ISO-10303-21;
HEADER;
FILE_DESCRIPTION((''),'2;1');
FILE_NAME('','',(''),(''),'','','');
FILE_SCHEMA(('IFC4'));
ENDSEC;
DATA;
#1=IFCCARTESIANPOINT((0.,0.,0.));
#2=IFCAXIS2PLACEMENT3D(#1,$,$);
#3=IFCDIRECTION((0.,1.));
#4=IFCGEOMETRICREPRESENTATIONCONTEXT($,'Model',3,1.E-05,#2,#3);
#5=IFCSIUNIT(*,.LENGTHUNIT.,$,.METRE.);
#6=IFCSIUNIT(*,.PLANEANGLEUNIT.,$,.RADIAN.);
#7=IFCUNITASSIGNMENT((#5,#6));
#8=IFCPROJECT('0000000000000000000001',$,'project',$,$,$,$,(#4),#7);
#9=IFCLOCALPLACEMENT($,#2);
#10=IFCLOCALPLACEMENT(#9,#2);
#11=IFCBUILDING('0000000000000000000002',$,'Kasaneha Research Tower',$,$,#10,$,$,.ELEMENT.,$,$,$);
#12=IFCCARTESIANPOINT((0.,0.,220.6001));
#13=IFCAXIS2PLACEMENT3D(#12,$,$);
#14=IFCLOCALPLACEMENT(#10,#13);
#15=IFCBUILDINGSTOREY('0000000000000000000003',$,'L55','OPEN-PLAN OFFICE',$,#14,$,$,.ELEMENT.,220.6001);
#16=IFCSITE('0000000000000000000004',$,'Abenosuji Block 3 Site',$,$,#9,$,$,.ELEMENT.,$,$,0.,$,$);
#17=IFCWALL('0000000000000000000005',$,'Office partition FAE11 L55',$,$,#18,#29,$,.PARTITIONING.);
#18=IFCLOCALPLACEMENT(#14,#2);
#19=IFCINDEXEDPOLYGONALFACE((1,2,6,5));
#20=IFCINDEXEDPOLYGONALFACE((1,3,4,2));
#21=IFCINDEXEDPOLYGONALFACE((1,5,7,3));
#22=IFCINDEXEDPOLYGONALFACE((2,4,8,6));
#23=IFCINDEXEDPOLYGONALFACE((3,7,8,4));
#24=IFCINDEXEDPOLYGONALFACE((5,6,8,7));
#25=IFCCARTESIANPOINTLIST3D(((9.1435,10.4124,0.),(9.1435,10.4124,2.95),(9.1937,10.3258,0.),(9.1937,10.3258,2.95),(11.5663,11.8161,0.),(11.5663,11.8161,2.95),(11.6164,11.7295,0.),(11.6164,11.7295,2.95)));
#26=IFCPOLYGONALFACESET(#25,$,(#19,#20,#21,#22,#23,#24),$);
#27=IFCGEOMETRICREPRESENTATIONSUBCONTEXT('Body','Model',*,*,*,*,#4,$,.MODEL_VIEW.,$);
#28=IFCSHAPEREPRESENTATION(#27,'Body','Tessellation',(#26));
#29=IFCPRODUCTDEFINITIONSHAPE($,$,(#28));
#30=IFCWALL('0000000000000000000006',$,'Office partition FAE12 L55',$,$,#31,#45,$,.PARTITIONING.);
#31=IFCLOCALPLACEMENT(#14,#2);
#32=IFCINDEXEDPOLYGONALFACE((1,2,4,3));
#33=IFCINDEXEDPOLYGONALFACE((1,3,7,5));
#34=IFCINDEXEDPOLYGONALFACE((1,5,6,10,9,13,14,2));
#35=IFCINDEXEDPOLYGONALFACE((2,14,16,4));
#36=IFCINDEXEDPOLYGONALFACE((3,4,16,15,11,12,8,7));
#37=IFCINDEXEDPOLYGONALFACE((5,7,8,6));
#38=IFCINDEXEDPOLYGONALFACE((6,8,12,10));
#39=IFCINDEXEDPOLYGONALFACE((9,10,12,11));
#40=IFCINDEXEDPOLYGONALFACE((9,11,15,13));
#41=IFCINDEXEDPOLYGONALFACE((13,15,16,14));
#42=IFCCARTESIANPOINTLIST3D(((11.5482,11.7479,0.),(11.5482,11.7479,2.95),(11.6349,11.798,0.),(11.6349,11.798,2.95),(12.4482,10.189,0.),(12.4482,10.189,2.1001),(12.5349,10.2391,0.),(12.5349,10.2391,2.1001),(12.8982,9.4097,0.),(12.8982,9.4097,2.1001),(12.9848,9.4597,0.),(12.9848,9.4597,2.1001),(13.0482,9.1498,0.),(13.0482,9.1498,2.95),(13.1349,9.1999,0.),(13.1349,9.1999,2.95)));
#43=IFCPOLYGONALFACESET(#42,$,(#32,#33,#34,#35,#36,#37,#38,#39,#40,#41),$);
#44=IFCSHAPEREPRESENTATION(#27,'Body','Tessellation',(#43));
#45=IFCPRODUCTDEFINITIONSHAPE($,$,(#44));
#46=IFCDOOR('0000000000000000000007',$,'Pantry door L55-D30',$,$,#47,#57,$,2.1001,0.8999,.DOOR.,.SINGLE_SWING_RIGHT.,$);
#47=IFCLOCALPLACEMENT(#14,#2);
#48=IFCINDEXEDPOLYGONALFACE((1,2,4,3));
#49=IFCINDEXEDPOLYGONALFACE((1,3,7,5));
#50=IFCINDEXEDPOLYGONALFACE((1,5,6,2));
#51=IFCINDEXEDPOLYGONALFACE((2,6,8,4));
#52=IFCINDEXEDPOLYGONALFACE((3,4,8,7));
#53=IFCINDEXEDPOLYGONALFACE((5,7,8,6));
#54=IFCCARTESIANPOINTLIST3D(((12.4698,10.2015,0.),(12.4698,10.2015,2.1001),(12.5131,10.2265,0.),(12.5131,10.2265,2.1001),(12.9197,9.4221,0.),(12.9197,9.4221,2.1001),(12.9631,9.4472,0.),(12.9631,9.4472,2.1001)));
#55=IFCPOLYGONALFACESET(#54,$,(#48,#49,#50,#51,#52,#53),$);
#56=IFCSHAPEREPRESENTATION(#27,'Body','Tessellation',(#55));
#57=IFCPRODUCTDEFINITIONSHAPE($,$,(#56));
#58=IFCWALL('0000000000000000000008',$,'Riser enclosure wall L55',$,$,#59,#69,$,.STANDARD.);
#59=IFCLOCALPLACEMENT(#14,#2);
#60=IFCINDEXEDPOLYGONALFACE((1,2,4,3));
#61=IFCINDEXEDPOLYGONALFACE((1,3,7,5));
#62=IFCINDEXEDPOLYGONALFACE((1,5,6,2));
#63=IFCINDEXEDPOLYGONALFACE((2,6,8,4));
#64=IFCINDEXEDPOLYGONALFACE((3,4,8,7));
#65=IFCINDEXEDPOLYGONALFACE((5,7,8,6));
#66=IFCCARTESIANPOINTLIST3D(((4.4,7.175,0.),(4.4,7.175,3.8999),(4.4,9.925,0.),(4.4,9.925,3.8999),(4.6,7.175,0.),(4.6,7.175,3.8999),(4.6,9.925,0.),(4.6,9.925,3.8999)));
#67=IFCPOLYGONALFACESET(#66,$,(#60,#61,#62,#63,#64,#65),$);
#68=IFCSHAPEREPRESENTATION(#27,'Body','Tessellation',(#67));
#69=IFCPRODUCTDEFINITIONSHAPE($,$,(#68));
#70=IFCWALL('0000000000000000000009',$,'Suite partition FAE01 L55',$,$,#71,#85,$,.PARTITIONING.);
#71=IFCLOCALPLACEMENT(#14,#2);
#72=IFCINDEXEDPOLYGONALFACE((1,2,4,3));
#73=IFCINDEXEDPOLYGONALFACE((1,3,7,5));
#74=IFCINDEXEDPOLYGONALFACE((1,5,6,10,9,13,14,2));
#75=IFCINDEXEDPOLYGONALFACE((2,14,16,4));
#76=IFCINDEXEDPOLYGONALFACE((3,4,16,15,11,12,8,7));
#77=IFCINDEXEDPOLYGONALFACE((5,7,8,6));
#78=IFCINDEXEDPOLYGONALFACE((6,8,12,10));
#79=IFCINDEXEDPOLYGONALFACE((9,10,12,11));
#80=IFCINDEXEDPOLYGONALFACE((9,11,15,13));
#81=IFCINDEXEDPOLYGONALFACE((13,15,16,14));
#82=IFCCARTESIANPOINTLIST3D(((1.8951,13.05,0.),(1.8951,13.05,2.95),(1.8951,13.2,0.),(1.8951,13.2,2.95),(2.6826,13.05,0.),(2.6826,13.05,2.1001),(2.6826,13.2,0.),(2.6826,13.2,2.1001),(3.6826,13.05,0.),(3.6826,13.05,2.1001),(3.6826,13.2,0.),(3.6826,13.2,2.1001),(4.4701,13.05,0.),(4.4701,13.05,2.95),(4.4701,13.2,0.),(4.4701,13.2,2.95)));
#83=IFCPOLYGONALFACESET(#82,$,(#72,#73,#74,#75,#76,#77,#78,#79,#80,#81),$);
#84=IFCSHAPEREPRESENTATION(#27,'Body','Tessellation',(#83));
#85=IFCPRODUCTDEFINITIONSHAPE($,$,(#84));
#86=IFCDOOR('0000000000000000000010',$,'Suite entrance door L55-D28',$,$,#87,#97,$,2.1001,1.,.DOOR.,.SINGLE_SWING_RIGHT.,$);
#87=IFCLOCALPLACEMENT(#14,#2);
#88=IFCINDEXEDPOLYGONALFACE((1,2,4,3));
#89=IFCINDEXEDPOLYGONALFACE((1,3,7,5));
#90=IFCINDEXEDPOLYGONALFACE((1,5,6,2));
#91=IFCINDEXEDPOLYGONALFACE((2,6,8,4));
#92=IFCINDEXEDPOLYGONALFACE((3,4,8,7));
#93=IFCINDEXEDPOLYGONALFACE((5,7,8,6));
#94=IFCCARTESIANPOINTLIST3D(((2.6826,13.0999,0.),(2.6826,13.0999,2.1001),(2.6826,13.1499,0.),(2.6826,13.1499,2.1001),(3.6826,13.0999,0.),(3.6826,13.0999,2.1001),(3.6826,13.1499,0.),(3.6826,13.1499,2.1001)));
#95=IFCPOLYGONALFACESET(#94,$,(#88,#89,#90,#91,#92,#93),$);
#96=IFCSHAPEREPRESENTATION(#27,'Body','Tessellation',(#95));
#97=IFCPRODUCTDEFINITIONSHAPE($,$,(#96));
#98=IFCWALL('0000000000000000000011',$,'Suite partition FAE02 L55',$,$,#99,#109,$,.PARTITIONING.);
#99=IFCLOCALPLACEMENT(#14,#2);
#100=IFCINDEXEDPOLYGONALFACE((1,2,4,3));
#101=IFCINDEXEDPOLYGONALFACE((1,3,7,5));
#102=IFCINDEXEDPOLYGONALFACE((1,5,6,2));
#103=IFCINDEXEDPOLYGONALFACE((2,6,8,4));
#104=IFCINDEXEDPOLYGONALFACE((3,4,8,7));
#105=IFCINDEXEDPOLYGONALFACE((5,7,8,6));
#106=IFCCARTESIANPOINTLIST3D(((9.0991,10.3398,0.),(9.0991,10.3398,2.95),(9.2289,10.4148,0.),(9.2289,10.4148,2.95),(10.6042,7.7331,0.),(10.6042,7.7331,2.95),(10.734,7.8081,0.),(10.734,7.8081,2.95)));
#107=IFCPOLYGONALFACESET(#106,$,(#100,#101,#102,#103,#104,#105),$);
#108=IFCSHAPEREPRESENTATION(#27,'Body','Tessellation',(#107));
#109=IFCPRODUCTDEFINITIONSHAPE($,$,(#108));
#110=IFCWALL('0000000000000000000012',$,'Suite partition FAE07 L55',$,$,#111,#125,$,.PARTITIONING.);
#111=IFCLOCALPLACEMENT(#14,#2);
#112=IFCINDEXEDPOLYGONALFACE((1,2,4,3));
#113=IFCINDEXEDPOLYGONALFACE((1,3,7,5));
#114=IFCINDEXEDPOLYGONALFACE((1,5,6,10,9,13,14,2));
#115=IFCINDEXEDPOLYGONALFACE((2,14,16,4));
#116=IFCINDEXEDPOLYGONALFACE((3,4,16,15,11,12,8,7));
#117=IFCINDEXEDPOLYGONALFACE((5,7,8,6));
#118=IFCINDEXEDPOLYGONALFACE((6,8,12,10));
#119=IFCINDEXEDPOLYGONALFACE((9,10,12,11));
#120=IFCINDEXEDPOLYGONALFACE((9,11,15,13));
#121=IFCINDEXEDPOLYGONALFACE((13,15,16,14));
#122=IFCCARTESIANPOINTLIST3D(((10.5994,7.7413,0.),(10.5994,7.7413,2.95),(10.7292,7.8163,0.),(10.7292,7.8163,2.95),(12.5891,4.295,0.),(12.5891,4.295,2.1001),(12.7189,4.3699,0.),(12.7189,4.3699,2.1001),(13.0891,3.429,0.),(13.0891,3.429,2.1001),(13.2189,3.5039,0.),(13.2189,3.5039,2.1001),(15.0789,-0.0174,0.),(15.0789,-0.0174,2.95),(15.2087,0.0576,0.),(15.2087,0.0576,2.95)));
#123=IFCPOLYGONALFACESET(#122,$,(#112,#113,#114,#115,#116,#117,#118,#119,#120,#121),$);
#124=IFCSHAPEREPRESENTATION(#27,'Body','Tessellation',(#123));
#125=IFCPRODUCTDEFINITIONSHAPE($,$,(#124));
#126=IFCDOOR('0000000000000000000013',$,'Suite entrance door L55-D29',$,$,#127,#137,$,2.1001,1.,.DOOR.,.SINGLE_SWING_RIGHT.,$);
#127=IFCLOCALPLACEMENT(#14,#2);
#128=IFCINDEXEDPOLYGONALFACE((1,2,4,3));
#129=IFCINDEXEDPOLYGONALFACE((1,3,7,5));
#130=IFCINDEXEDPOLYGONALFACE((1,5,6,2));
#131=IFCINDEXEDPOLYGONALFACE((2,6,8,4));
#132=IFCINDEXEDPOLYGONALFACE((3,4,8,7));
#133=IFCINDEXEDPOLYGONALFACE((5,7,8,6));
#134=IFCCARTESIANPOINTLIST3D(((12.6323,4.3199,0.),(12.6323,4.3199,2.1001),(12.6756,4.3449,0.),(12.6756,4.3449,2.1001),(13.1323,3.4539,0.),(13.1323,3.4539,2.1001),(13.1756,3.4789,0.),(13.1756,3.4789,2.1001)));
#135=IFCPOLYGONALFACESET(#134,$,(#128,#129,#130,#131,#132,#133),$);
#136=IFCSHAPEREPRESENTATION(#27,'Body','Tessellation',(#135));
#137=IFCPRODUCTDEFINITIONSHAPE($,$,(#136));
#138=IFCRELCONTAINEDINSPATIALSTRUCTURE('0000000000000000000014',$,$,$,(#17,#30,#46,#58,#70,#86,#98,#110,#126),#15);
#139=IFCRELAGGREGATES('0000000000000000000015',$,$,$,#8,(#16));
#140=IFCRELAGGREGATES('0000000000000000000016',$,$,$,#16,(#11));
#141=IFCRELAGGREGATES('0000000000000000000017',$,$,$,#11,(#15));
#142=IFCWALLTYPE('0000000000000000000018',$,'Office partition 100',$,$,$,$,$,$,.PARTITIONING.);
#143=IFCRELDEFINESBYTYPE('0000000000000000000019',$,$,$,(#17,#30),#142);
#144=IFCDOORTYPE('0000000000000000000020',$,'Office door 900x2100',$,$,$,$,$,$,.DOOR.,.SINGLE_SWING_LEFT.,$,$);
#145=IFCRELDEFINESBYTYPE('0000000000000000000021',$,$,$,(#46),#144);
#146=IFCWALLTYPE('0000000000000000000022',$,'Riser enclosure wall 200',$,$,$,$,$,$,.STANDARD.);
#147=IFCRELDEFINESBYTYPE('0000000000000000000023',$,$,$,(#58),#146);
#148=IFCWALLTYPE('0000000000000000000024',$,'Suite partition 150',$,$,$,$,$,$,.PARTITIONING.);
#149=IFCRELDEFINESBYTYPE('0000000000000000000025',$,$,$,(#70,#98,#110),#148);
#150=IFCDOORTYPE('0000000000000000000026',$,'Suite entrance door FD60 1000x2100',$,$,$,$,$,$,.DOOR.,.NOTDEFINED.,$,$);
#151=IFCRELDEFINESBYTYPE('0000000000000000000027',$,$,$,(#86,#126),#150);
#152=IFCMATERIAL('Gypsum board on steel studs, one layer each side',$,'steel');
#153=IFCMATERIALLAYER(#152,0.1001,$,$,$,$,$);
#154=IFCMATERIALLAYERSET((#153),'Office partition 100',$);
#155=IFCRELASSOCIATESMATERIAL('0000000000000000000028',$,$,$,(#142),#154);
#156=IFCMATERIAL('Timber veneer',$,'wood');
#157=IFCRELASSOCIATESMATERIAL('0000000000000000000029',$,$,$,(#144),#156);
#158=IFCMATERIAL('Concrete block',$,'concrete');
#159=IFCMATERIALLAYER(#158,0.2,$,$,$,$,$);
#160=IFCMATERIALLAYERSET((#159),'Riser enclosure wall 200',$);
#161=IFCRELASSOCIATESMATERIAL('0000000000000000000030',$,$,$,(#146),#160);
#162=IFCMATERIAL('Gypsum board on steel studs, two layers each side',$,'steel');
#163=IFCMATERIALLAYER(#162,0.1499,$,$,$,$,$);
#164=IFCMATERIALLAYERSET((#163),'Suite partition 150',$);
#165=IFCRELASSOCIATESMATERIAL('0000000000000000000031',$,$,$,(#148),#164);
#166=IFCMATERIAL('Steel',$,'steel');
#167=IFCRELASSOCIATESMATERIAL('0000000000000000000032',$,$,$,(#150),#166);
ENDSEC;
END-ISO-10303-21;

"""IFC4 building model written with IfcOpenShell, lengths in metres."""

from ifc_helpers import new_model, si_unit, direction, frame, frame_2d, origin, place, context, subcontext, project, spatial, rectangle, extrude, material, layer, layer_set, type_object, element, fill, save


model = new_model("IFC4")

# Units and contexts
model_context = context("Model", 3, precision=1e-05, world=origin(), true_north=direction((0.0, 1.0)))
body_context = subcontext(model_context, "Body", "Model", "MODEL_VIEW")
ifc_project = project(units=[si_unit("LENGTHUNIT", "METRE"), si_unit("PLANEANGLEUNIT", "RADIAN")], contexts=[model_context])

# Site, building, storey
site_placement = place(None, origin())
site = spatial("IfcSite", under=ifc_project, at=site_placement, Name="Abenosuji Block 3 Site", CompositionType="ELEMENT", RefElevation=0.0)
building_placement = place(site_placement, origin())
building = spatial("IfcBuilding", under=site, at=building_placement, Name="Kasaneha Research Tower", CompositionType="ELEMENT")
storey_placement = place(building_placement, frame((0.0, 0.0, 220.6001)))
storey = spatial("IfcBuildingStorey", under=building, at=storey_placement, Name="L55", Description="OPEN-PLAN OFFICE", CompositionType="ELEMENT", Elevation=220.6001)

# Wall
ifc_material_1 = material(Name="Gypsum board on steel studs, one layer each side", Category="steel")
ifc_layer_1 = layer(ifc_material_1, 0.1001)
ifc_layer_set_1 = layer_set([ifc_layer_1], Name="Office partition 100")
wall_type_1 = type_object("IfcWallType", Name="Office partition 100", PredefinedType="PARTITIONING", material=ifc_layer_set_1)
for number, where, z_axis, x_axis, name in (
    (1, (9.1687, 10.3691, 0.0), (0.0, 0.0, 1.0), (0.865255, 0.501332, 0.0), "Office partition FAE11 L55"),
):
    element("IfcWall", number, at=place(storey_placement, frame(where, z_axis=z_axis, x_axis=x_axis)), inside=storey, type_object=wall_type_1, Name=name, PredefinedType="PARTITIONING", context=body_context, shape_type="SweptSolid", body=[
        extrude(rectangle(XDim=2.8, YDim=0.1001, at=frame_2d((1.3999, 0.0))), origin(), (0.0, 0.0, 1.0), 2.95),
    ])

# Wall, opening, door
wall_1_placement = place(storey_placement, frame((11.5916, 11.7729, 0.0), z_axis=(0.0, 0.0, 1.0), x_axis=(0.49999, -0.866031, 0.0)))
wall_1 = element("IfcWall", 2, at=wall_1_placement, inside=storey, type_object=wall_type_1, Name="Office partition FAE12 L55", PredefinedType="PARTITIONING", context=body_context, shape_type="SweptSolid", body=[
    extrude(rectangle(XDim=3.0, YDim=0.1001, at=frame_2d((1.5, 0.0))), origin(), (0.0, 0.0, 1.0), 2.95),
])
opening_1_placement = place(wall_1_placement, frame((1.8, 0.0, 0.0)))
opening_1 = element("IfcOpeningElement", 3, at=opening_1_placement, cuts=wall_1, PredefinedType="OPENING", context=body_context, shape_type="SweptSolid", body=[
    extrude(rectangle(XDim=0.8999, YDim=2.1001, at=frame_2d((0.45, 1.05))), frame((0.0, 0.0601, 0.0), z_axis=(0.0, -1.0, 0.0), x_axis=(1.0, 0.0, 0.0)), (0.0, 0.0, 1.0), 0.1201),
])
ifc_material_2 = material(Name="Timber veneer", Category="wood")
door_type_1 = type_object("IfcDoorType", Name="Office door 900x2100", OperationType="SINGLE_SWING_LEFT", PredefinedType="DOOR", material=ifc_material_2)
door_1_placement = place(opening_1_placement, origin())
door_1 = element("IfcDoor", 4, at=door_1_placement, inside=storey, type_object=door_type_1, Name="Pantry door L55-D30", OperationType="SINGLE_SWING_RIGHT", OverallHeight=2.1001, OverallWidth=0.8999, PredefinedType="DOOR", context=body_context, shape_type="SweptSolid", body=[
    extrude(rectangle(XDim=0.8999, YDim=2.1001, at=frame_2d((0.45, 1.05))), frame((0.0, 0.0249, 0.0), z_axis=(0.0, -1.0, 0.0), x_axis=(1.0, 0.0, 0.0)), (0.0, 0.0, 1.0), 0.05),
])
fill(opening_1, door_1)

# Wall
ifc_material_3 = material(Name="Concrete block", Category="concrete")
ifc_layer_2 = layer(ifc_material_3, 0.2)
ifc_layer_set_2 = layer_set([ifc_layer_2], Name="Riser enclosure wall 200")
wall_type_2 = type_object("IfcWallType", Name="Riser enclosure wall 200", PredefinedType="STANDARD", material=ifc_layer_set_2)
wall_2_placement = place(storey_placement, frame((4.5, 7.175, 0.0), z_axis=(0.0, 0.0, 1.0), x_axis=(0.0, 1.0, 0.0)))
element("IfcWall", 5, at=wall_2_placement, inside=storey, type_object=wall_type_2, Name="Riser enclosure wall L55", PredefinedType="STANDARD", context=body_context, shape_type="SweptSolid", body=[
    extrude(rectangle(XDim=2.75, YDim=0.2, at=frame_2d((1.375, 0.0))), origin(), (0.0, 0.0, 1.0), 3.8999),
])

# Wall, opening, door
ifc_material_4 = material(Name="Gypsum board on steel studs, two layers each side", Category="steel")
ifc_layer_3 = layer(ifc_material_4, 0.1499)
ifc_layer_set_3 = layer_set([ifc_layer_3], Name="Suite partition 150")
wall_type_3 = type_object("IfcWallType", Name="Suite partition 150", PredefinedType="PARTITIONING", material=ifc_layer_set_3)
wall_3_placement = place(storey_placement, frame((1.895, 13.125, 0.0), z_axis=(0.0, 0.0, 1.0), x_axis=(1.0, 0.0, 0.0)))
wall_3 = element("IfcWall", 6, at=wall_3_placement, inside=storey, type_object=wall_type_3, Name="Suite partition FAE01 L55", PredefinedType="PARTITIONING", context=body_context, shape_type="SweptSolid", body=[
    extrude(rectangle(XDim=2.575, YDim=0.1499, at=frame_2d((1.2876, 0.0))), origin(), (0.0, 0.0, 1.0), 2.95),
])
opening_2_placement = place(wall_3_placement, frame((0.7876, 0.0, 0.0)))
opening_2 = element("IfcOpeningElement", 7, at=opening_2_placement, cuts=wall_3, PredefinedType="OPENING", context=body_context, shape_type="SweptSolid", body=[
    extrude(rectangle(XDim=1.0, YDim=2.1001, at=frame_2d((0.5, 1.05))), frame((0.0, 0.085, 0.0), z_axis=(0.0, -1.0, 0.0), x_axis=(1.0, 0.0, 0.0)), (0.0, 0.0, 1.0), 0.1699),
])
ifc_material_5 = material(Name="Steel", Category="steel")
door_type_2 = type_object("IfcDoorType", Name="Suite entrance door FD60 1000x2100", OperationType="NOTDEFINED", PredefinedType="DOOR", material=ifc_material_5)
door_2_placement = place(opening_2_placement, origin())
door_2 = element("IfcDoor", 8, at=door_2_placement, inside=storey, type_object=door_type_2, Name="Suite entrance door L55-D28", OperationType="SINGLE_SWING_RIGHT", OverallHeight=2.1001, OverallWidth=1.0, PredefinedType="DOOR", context=body_context, shape_type="SweptSolid", body=[
    extrude(rectangle(XDim=1.0, YDim=2.1001, at=frame_2d((0.5, 1.05))), frame((0.0, 0.0249, 0.0), z_axis=(0.0, -1.0, 0.0), x_axis=(1.0, 0.0, 0.0)), (0.0, 0.0, 1.0), 0.05),
])
fill(opening_2, door_2)

# Wall
wall_4_placement = place(storey_placement, frame((9.1641, 10.3772, 0.0), z_axis=(0.0, 0.0, 1.0), x_axis=(0.500038, -0.866003, 0.0)))
element("IfcWall", 9, at=wall_4_placement, inside=storey, type_object=wall_type_3, Name="Suite partition FAE02 L55", PredefinedType="PARTITIONING", context=body_context, shape_type="SweptSolid", body=[
    extrude(rectangle(XDim=3.01, YDim=0.1499, at=frame_2d((1.5049, 0.0))), origin(), (0.0, 0.0, 1.0), 2.95),
])

# Wall, opening, door
wall_5_placement = place(storey_placement, frame((10.6643, 7.7788, 0.0), z_axis=(0.0, 0.0, 1.0), x_axis=(0.499996, -0.866028, 0.0)))
wall_5 = element("IfcWall", 10, at=wall_5_placement, inside=storey, type_object=wall_type_3, Name="Suite partition FAE07 L55", PredefinedType="PARTITIONING", context=body_context, shape_type="SweptSolid", body=[
    extrude(rectangle(XDim=8.959, YDim=0.1499, at=frame_2d((4.4795, 0.0))), origin(), (0.0, 0.0, 1.0), 2.95),
])
opening_3_placement = place(wall_5_placement, frame((3.9795, 0.0, 0.0)))
opening_3 = element("IfcOpeningElement", 11, at=opening_3_placement, cuts=wall_5, PredefinedType="OPENING", context=body_context, shape_type="SweptSolid", body=[
    extrude(rectangle(XDim=1.0, YDim=2.1001, at=frame_2d((0.5, 1.05))), frame((0.0, 0.085, 0.0), z_axis=(0.0, -1.0, 0.0), x_axis=(1.0, 0.0, 0.0)), (0.0, 0.0, 1.0), 0.1699),
])
door_3_placement = place(opening_3_placement, origin())
door_3 = element("IfcDoor", 12, at=door_3_placement, inside=storey, type_object=door_type_2, Name="Suite entrance door L55-D29", OperationType="SINGLE_SWING_RIGHT", OverallHeight=2.1001, OverallWidth=1.0, PredefinedType="DOOR", context=body_context, shape_type="SweptSolid", body=[
    extrude(rectangle(XDim=1.0, YDim=2.1001, at=frame_2d((0.5, 1.05))), frame((0.0, 0.0249, 0.0), z_axis=(0.0, -1.0, 0.0), x_axis=(1.0, 0.0, 0.0)), (0.0, 0.0, 1.0), 0.05),
])
fill(opening_3, door_3)

save(model, "model.ifc")
